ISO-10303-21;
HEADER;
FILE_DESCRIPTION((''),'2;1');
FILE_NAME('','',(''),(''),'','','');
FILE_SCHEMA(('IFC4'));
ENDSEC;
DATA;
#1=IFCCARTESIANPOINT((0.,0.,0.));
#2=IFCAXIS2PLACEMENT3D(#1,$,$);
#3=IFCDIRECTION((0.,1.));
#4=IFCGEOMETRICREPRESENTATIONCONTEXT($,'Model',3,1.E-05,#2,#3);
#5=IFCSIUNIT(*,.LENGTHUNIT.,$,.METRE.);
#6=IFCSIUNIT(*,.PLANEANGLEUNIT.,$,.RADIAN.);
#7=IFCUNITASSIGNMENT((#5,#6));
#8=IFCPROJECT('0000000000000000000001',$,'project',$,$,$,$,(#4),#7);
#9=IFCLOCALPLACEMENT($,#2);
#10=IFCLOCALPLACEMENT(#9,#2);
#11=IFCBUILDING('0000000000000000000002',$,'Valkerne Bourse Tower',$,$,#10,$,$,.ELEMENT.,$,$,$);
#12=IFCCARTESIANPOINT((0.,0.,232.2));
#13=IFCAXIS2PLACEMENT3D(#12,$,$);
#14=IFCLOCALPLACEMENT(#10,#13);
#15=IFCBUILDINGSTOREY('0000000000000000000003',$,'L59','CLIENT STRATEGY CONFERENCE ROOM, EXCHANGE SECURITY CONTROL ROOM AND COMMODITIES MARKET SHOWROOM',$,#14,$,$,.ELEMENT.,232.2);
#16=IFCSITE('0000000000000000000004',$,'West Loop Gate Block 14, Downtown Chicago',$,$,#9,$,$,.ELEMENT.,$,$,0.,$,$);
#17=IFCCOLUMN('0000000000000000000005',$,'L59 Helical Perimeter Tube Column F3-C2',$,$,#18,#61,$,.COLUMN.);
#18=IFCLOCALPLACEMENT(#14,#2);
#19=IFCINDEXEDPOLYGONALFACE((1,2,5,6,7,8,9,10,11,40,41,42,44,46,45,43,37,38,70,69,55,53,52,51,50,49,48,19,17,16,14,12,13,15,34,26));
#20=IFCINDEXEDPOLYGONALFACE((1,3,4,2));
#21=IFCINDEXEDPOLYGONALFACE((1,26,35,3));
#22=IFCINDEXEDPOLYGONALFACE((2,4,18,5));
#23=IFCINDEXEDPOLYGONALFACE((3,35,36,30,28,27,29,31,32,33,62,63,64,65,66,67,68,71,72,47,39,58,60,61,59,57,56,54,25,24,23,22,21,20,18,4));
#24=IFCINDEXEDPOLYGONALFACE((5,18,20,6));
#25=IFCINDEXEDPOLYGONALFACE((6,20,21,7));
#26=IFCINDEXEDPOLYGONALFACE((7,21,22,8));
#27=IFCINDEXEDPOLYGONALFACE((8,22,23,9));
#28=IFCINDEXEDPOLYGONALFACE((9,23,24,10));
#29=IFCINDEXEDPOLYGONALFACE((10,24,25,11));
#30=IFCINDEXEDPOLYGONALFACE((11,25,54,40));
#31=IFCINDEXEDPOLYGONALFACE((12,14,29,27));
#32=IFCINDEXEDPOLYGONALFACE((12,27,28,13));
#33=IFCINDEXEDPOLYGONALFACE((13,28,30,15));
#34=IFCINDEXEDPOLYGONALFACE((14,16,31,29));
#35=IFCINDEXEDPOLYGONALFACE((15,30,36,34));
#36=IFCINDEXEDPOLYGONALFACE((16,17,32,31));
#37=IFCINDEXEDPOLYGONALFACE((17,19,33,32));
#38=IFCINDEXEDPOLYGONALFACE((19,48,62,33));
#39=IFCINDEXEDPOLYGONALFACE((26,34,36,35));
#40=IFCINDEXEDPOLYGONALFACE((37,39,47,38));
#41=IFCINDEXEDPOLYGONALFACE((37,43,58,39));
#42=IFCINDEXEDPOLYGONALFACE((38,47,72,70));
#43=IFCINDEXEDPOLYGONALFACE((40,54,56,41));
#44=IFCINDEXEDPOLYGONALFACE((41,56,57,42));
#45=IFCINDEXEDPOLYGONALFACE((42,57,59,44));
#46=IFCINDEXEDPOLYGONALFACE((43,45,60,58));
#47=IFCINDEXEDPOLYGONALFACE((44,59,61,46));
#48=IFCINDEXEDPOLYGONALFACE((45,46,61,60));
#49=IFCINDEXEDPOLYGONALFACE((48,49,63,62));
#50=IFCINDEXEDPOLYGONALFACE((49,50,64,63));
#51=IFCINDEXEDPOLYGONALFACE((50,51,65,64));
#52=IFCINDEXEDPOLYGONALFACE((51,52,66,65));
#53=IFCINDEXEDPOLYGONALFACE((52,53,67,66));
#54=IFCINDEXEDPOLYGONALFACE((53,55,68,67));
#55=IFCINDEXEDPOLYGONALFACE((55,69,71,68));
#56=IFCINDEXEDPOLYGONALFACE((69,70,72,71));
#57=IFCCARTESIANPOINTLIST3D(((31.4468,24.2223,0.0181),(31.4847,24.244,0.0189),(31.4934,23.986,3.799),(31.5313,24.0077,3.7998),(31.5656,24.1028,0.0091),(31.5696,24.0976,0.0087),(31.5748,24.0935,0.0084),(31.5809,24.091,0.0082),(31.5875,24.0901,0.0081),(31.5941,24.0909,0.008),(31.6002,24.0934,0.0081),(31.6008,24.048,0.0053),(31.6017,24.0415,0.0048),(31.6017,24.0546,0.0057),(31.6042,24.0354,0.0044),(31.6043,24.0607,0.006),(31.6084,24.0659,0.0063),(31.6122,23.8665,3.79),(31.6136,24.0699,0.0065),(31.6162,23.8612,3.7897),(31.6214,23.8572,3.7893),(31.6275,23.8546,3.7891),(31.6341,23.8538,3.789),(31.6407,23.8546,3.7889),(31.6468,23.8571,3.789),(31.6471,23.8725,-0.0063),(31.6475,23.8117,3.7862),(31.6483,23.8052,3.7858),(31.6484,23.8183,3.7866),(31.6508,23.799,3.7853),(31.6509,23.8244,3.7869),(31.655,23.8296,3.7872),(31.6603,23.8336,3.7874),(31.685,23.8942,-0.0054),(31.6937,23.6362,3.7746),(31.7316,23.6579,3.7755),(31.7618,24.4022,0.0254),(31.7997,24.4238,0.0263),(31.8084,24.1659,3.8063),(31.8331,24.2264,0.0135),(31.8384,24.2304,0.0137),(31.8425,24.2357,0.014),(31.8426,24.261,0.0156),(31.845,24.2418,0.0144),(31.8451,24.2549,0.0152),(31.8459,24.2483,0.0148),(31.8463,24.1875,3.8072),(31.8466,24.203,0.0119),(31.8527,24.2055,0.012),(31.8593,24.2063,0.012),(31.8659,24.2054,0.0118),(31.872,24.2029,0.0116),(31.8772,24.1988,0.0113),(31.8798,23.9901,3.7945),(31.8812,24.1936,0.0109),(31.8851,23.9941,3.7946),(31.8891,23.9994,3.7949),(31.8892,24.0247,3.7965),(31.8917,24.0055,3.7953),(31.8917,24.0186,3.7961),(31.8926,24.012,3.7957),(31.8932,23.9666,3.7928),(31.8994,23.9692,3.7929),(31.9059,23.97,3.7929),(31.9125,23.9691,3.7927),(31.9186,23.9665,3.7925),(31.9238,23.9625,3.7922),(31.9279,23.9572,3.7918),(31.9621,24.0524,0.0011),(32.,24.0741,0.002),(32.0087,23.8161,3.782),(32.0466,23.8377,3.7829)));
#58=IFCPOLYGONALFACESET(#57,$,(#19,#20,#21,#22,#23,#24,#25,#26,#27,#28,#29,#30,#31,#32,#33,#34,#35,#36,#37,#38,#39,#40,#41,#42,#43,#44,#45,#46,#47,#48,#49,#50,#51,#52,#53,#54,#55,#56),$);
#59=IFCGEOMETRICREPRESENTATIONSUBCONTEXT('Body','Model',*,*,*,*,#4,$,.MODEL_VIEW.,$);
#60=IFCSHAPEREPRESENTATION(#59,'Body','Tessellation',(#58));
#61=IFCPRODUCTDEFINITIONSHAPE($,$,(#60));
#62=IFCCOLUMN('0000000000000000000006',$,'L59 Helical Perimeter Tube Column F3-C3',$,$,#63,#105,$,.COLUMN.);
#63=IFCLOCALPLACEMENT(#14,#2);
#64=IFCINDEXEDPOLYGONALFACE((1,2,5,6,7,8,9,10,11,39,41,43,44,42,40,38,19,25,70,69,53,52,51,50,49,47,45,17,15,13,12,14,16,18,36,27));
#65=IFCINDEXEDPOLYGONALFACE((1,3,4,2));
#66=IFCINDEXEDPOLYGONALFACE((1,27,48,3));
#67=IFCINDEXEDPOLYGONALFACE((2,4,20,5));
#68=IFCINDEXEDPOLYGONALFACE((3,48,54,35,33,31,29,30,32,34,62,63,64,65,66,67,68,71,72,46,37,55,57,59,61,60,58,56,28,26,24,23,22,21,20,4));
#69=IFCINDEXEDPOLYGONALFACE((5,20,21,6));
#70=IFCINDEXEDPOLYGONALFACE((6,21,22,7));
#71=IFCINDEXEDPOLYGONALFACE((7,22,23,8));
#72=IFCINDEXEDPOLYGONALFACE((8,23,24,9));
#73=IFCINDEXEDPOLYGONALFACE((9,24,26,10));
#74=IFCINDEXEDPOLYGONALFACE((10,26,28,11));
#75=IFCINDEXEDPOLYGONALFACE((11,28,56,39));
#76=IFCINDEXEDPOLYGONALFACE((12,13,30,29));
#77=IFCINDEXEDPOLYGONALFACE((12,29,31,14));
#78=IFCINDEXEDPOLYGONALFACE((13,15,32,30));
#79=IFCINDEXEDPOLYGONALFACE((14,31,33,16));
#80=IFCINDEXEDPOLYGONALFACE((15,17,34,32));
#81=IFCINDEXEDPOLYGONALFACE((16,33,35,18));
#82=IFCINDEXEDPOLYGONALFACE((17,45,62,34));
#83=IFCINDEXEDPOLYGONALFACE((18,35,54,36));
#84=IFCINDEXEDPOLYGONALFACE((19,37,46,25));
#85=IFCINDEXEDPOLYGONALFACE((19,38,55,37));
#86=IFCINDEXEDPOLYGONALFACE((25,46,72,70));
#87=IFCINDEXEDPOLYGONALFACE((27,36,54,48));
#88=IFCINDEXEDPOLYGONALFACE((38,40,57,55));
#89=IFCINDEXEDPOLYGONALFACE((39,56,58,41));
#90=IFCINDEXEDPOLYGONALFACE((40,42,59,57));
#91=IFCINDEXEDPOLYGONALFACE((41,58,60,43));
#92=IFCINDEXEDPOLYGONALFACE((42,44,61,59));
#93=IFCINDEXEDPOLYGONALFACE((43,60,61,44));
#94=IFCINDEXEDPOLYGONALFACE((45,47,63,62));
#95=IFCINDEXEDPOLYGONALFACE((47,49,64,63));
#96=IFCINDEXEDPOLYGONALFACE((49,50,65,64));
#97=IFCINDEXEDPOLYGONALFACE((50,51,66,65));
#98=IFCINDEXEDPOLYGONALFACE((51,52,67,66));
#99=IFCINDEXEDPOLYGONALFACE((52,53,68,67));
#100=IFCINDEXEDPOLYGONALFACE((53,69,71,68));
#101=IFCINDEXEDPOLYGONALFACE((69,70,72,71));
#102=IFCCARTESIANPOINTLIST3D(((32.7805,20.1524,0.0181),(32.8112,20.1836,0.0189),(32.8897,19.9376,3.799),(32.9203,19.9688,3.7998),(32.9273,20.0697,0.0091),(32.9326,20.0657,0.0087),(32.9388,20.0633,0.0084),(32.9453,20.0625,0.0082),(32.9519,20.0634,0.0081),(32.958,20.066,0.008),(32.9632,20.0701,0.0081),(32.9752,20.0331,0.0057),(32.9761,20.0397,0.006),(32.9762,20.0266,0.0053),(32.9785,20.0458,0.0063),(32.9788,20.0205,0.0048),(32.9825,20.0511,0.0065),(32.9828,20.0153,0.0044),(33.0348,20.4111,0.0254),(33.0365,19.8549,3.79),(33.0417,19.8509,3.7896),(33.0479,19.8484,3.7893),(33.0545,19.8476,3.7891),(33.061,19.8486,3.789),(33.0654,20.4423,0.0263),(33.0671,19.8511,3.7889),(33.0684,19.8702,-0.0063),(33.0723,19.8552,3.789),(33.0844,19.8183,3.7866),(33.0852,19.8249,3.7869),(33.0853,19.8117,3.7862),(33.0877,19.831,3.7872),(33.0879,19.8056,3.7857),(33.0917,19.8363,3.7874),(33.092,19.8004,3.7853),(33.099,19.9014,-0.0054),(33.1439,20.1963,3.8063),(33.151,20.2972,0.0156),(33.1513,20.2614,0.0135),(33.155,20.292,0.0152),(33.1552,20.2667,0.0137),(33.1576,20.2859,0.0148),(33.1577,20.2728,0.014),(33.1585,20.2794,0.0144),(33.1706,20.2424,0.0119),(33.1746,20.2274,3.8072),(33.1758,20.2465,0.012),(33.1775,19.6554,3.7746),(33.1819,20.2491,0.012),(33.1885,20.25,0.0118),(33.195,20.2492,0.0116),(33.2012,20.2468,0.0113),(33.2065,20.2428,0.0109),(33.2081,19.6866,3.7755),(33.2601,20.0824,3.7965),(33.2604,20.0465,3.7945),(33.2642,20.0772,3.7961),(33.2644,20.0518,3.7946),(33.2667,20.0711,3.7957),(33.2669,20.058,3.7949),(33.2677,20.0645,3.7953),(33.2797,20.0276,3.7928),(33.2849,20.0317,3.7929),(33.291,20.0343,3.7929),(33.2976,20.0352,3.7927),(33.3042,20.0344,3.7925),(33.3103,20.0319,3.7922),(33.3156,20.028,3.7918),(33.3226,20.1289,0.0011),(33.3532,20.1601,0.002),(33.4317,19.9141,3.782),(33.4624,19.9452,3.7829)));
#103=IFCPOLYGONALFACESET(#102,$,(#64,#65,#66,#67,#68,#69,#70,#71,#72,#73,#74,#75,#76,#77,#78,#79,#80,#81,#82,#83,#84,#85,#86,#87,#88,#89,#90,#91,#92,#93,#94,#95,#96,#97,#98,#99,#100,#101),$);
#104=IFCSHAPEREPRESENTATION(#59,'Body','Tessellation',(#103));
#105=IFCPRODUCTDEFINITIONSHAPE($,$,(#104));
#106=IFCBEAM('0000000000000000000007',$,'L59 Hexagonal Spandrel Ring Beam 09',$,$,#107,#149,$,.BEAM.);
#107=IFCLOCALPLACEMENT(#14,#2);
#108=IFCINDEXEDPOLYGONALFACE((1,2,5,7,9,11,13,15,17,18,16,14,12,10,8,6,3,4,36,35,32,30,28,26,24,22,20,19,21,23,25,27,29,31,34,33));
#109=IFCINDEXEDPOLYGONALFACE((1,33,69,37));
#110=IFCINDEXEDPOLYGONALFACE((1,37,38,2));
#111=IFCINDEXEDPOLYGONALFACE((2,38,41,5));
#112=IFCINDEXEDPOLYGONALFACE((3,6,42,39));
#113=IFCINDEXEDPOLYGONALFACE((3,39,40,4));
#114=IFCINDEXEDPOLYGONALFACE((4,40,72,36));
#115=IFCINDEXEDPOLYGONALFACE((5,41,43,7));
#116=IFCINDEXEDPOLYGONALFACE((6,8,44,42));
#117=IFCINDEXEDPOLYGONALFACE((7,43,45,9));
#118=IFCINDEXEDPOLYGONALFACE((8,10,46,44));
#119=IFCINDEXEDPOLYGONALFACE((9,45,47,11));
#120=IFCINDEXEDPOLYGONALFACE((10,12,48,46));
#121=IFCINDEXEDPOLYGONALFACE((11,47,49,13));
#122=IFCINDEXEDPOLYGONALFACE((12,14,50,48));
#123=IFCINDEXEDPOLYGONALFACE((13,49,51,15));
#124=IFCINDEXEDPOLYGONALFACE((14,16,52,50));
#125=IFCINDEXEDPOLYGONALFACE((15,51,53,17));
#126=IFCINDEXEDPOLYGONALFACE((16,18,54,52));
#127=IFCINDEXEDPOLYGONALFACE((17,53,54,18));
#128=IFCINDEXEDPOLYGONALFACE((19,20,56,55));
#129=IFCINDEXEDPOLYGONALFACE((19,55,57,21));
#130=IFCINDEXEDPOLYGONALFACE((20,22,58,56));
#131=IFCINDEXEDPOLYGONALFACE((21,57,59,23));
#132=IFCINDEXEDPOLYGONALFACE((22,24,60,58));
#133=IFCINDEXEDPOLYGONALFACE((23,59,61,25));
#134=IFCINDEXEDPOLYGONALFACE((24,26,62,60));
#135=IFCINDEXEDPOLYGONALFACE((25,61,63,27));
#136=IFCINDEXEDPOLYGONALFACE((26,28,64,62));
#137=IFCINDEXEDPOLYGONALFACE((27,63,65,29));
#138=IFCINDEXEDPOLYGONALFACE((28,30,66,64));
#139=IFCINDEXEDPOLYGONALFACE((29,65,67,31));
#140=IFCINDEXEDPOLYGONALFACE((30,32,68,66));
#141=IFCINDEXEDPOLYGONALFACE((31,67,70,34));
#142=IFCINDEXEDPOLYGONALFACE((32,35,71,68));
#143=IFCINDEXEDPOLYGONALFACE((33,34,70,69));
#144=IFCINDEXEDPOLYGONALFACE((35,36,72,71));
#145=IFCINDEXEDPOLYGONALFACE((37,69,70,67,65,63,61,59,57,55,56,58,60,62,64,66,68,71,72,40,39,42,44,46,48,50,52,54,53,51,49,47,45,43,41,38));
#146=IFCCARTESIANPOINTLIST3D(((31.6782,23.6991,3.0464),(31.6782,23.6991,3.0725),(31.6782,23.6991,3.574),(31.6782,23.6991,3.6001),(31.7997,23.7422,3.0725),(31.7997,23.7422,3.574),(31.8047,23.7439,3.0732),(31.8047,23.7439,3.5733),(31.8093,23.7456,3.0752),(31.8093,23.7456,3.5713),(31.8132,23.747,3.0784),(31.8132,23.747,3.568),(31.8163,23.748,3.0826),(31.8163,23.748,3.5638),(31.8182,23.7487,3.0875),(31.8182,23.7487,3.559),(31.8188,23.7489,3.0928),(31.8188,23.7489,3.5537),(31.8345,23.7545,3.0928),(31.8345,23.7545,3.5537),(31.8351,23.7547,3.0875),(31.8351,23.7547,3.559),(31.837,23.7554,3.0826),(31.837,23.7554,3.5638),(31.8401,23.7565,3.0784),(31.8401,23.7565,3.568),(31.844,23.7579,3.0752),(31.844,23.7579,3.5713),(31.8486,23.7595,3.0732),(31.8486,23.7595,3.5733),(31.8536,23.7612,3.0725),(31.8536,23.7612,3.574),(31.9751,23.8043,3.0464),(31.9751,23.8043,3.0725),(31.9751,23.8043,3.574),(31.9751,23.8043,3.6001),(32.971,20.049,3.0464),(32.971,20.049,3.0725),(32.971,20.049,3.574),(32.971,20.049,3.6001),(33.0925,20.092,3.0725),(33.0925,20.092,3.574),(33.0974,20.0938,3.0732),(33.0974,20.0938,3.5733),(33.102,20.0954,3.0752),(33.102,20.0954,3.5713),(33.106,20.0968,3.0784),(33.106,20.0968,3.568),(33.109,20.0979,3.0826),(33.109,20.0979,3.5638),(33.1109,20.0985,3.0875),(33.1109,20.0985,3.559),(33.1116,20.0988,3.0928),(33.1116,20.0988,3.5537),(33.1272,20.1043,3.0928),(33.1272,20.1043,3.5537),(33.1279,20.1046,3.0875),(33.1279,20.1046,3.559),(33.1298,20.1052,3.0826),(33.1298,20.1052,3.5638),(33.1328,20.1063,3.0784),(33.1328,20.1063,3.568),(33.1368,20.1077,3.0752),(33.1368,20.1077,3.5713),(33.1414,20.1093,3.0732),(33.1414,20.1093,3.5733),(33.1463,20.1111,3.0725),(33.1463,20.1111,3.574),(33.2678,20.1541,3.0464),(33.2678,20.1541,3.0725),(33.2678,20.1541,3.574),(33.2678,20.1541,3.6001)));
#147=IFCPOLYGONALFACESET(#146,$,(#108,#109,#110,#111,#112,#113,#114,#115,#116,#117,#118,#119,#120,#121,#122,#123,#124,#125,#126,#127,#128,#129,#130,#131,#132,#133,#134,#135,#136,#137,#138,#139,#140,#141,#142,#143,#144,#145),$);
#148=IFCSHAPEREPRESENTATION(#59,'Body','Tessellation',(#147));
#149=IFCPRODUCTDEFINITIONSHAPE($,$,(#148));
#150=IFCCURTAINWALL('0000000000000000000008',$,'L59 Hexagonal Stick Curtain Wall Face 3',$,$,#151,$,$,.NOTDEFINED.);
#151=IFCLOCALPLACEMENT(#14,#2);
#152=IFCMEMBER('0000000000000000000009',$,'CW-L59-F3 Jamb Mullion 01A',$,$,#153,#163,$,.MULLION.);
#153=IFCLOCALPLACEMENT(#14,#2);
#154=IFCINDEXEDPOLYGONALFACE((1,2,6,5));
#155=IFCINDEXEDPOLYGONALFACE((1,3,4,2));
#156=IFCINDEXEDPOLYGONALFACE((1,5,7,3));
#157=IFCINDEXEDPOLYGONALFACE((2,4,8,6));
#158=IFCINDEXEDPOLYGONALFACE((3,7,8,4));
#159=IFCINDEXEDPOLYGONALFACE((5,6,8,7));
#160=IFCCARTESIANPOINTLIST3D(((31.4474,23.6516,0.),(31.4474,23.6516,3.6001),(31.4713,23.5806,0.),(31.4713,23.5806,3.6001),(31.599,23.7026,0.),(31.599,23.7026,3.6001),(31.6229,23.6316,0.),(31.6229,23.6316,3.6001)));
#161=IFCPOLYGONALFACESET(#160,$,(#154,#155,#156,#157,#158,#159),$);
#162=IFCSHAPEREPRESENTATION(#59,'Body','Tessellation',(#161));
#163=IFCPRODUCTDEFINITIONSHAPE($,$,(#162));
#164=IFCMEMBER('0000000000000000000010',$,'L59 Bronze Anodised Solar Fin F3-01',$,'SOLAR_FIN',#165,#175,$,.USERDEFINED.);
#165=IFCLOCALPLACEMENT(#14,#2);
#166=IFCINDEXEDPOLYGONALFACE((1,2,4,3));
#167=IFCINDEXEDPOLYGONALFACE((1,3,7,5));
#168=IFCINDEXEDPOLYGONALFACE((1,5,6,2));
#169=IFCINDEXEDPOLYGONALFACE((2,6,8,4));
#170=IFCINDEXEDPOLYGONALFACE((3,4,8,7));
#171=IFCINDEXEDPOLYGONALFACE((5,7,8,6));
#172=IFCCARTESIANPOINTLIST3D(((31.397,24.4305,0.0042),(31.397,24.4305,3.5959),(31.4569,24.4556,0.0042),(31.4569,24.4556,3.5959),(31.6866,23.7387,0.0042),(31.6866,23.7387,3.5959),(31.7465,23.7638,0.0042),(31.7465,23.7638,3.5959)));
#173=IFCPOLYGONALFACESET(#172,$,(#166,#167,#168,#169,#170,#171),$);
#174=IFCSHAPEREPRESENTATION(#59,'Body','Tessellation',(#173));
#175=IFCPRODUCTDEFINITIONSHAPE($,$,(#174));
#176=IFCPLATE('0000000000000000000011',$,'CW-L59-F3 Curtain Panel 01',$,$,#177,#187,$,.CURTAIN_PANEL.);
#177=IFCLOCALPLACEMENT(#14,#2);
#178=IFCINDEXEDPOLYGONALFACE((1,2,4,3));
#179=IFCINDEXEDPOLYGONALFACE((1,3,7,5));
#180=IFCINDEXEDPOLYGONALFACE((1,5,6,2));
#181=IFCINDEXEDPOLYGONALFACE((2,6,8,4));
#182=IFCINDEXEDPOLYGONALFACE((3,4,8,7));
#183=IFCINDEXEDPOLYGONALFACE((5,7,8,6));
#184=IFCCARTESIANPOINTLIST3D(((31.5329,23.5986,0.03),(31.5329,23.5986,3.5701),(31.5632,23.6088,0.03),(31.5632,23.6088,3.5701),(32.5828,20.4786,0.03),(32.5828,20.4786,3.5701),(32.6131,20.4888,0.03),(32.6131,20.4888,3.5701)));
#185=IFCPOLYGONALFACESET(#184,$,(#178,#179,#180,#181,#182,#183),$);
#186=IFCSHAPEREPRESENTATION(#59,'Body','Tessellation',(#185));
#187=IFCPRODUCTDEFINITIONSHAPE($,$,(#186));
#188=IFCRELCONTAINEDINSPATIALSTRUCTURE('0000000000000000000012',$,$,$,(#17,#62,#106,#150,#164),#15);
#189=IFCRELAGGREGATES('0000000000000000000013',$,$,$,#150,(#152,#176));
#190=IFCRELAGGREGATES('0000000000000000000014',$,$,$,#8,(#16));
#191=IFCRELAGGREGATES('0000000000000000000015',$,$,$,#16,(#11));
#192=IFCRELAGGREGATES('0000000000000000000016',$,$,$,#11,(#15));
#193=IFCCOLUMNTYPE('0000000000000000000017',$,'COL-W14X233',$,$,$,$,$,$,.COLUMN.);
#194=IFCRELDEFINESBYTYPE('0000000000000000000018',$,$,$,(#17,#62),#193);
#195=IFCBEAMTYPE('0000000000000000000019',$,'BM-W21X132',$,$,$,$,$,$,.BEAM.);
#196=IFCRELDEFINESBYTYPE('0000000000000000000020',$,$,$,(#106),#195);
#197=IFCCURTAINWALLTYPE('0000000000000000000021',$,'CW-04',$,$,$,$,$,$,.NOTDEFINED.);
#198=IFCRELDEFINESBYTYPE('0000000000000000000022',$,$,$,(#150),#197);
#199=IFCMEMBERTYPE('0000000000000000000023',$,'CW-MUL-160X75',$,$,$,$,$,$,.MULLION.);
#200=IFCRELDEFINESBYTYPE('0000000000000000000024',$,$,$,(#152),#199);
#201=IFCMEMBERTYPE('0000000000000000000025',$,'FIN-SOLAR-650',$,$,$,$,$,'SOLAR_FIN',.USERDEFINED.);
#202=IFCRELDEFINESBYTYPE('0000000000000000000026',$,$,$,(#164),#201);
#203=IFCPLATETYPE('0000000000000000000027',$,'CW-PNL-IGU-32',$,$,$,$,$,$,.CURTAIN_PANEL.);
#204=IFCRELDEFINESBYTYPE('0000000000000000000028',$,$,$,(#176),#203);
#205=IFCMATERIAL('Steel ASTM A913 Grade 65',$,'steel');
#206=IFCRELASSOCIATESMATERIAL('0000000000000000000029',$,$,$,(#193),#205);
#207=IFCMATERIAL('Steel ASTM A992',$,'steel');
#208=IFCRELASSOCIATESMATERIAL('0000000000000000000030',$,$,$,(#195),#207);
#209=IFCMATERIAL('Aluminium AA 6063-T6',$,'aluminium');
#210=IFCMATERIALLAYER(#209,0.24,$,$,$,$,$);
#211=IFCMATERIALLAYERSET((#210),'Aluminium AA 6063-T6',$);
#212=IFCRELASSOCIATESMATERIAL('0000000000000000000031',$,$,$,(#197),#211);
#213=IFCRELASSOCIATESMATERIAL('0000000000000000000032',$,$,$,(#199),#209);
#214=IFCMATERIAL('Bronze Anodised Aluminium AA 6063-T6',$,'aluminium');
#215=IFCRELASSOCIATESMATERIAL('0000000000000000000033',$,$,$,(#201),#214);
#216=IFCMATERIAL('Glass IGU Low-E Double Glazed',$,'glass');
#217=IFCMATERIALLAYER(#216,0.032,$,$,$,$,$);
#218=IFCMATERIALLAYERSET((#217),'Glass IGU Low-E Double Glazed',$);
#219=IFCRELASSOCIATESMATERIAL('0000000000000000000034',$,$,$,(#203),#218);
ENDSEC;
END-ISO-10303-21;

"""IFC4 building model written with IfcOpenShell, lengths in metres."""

from ifc_helpers import new_model, si_unit, direction, frame, origin, origin_2d, place, context, subcontext, project, spatial, rectangle, i_section, extrude, material, layer, layer_set, material_profile, profile_set, type_object, element, aggregate, save


model = new_model("IFC4")

# Units and contexts
model_context = context("Model", 3, precision=1e-05, world=origin(), true_north=direction((0.0, 1.0)))
body_context = subcontext(model_context, "Body", "Model", "MODEL_VIEW")
ifc_project = project(units=[si_unit("LENGTHUNIT", "METRE"), si_unit("PLANEANGLEUNIT", "RADIAN")], contexts=[model_context])

# Site, building, storey
site_placement = place(None, origin())
site = spatial("IfcSite", under=ifc_project, at=site_placement, Name="West Loop Gate Block 14, Downtown Chicago", CompositionType="ELEMENT", RefElevation=0.0)
building_placement = place(site_placement, origin())
building = spatial("IfcBuilding", under=site, at=building_placement, Name="Valkerne Bourse Tower", CompositionType="ELEMENT")
storey_placement = place(building_placement, frame((0.0, 0.0, 232.2)))
storey = spatial("IfcBuildingStorey", under=building, at=storey_placement, Name="L59", Description="CLIENT STRATEGY CONFERENCE ROOM, EXCHANGE SECURITY CONTROL ROOM AND COMMODITIES MARKET SHOWROOM", CompositionType="ELEMENT", Elevation=232.2)

# Columns
ifc_material_1 = material(Name="Steel ASTM A913 Grade 65", Category="steel")
ifc_material_profile_1 = material_profile(ifc_material_1, i_section(OverallWidth=0.4038, OverallDepth=0.4065, WebThickness=0.0271, FlangeThickness=0.0437, FilletRadius=0.0254, at=origin_2d()), Name="W14X233")
ifc_profile_set_1 = profile_set([ifc_material_profile_1], Name="Steel ASTM A913 Grade 65")
column_type = type_object("IfcColumnType", Name="COL-W14X233", PredefinedType="COLUMN", material=ifc_profile_set_1)
for number, where, z_axis, x_axis, name in (
    (1, (31.7234, 24.1482, 0.01), (0.012308, -0.062378, 0.997977), (0.496025, -0.866215, -0.060259), "L59 Helical Perimeter Tube Column F3-C2"),
    (2, (33.0669, 20.1562, 0.01), (0.028804, -0.056707, 0.997975), (0.71273, -0.698843, -0.060281), "L59 Helical Perimeter Tube Column F3-C3"),
):
    element("IfcColumn", number, at=place(storey_placement, frame(where, z_axis=z_axis, x_axis=x_axis)), inside=storey, type_object=column_type, Name=name, PredefinedType="COLUMN", context=body_context, shape_type="SweptSolid", body=[
        extrude(i_section(OverallWidth=0.4038, OverallDepth=0.4065, WebThickness=0.0271, FlangeThickness=0.0437, FilletRadius=0.0254, at=origin_2d()), origin(), (0.0, 0.0, 1.0), 3.7886),
    ])

# Beam
ifc_material_2 = material(Name="Steel ASTM A992", Category="steel")
ifc_material_profile_2 = material_profile(ifc_material_2, i_section(OverallWidth=0.3149, OverallDepth=0.5537, WebThickness=0.0166, FlangeThickness=0.0261, FilletRadius=0.0203, at=origin_2d()), Name="W21X132")
ifc_profile_set_2 = profile_set([ifc_material_profile_2], Name="Steel ASTM A992")
beam_type = type_object("IfcBeamType", Name="BM-W21X132", PredefinedType="BEAM", material=ifc_profile_set_2)
beam_placement = place(storey_placement, frame((31.8267, 23.7517, 3.3232), z_axis=(0.333839, -0.94263, 0.0), x_axis=(0.94263, 0.333839, 0.0)))
element("IfcBeam", 3, at=beam_placement, inside=storey, type_object=beam_type, Name="L59 Hexagonal Spandrel Ring Beam 09", PredefinedType="BEAM", context=body_context, shape_type="SweptSolid", body=[
    extrude(i_section(OverallWidth=0.3149, OverallDepth=0.5537, WebThickness=0.0166, FlangeThickness=0.0261, FilletRadius=0.0203, at=origin_2d()), origin(), (0.0, 0.0, 1.0), 3.8723),
])

# Curtain wall, member
ifc_material_3 = material(Name="Aluminium AA 6063-T6", Category="aluminium")
ifc_layer_1 = layer(ifc_material_3, 0.24)
ifc_layer_set_1 = layer_set([ifc_layer_1], Name="Aluminium AA 6063-T6")
curtain_wall_type = type_object("IfcCurtainWallType", Name="CW-04", PredefinedType="NOTDEFINED", material=ifc_layer_set_1)
curtain_wall_placement = place(storey_placement, origin())
curtain_wall = element("IfcCurtainWall", 4, at=curtain_wall_placement, inside=storey, type_object=curtain_wall_type, Name="L59 Hexagonal Stick Curtain Wall Face 3", PredefinedType="NOTDEFINED")
ifc_material_profile_3 = material_profile(ifc_material_3, rectangle(XDim=0.075, YDim=0.1599, at=origin_2d()), Name="CWM-75X160")
ifc_profile_set_3 = profile_set([ifc_material_profile_3], Name="Aluminium AA 6063-T6")
member_type_1 = type_object("IfcMemberType", Name="CW-MUL-160X75", PredefinedType="MULLION", material=ifc_profile_set_3)
member_1_placement = place(storey_placement, frame((31.5352, 23.6416, 0.0), z_axis=(0.0, 0.0, 1.0), x_axis=(0.318947, -0.947772, 0.0)))
member_1 = element("IfcMember", 5, at=member_1_placement, type_object=member_type_1, Name="CW-L59-F3 Jamb Mullion 01A", PredefinedType="MULLION", context=body_context, shape_type="SweptSolid", body=[
    extrude(rectangle(XDim=0.075, YDim=0.1599, at=origin_2d()), origin(), (0.0, 0.0, 1.0), 3.6001),
])

# Member
ifc_material_4 = material(Name="Bronze Anodised Aluminium AA 6063-T6", Category="aluminium")
ifc_material_profile_4 = material_profile(ifc_material_4, rectangle(XDim=0.0649, YDim=0.75, at=origin_2d()), Name="FIN-65X750")
ifc_profile_set_4 = profile_set([ifc_material_profile_4], Name="Bronze Anodised Aluminium AA 6063-T6")
member_type_2 = type_object("IfcMemberType", Name="FIN-SOLAR-650", ElementType="SOLAR_FIN", PredefinedType="USERDEFINED", material=ifc_profile_set_4)
member_2_placement = place(storey_placement, frame((31.5718, 24.0972, 0.0042), z_axis=(0.0, 0.0, 1.0), x_axis=(-0.922433, -0.386158, 0.0)))
element("IfcMember", 6, at=member_2_placement, inside=storey, type_object=member_type_2, Name="L59 Bronze Anodised Solar Fin F3-01", ObjectType="SOLAR_FIN", PredefinedType="USERDEFINED", context=body_context, shape_type="SweptSolid", body=[
    extrude(rectangle(XDim=0.0649, YDim=0.75, at=origin_2d()), origin(), (0.0, 0.0, 1.0), 3.5918),
])

# Plate
ifc_material_5 = material(Name="Glass IGU Low-E Double Glazed", Category="glass")
ifc_layer_2 = layer(ifc_material_5, 0.032)
ifc_layer_set_2 = layer_set([ifc_layer_2], Name="Glass IGU Low-E Double Glazed")
plate_type = type_object("IfcPlateType", Name="CW-PNL-IGU-32", PredefinedType="CURTAIN_PANEL", material=ifc_layer_set_2)
plate_placement = place(storey_placement, frame((32.073, 22.0437, 0.03), z_axis=(0.0, 0.0, 1.0), x_axis=(0.318947, -0.947772, 0.0)))
plate = element("IfcPlate", 7, at=plate_placement, type_object=plate_type, Name="CW-L59-F3 Curtain Panel 01", PredefinedType="CURTAIN_PANEL", context=body_context, shape_type="SweptSolid", body=[
    extrude(rectangle(XDim=3.292, YDim=0.032, at=origin_2d()), origin(), (0.0, 0.0, 1.0), 3.54),
])
aggregate(curtain_wall, [member_1, plate])

save(model, "model.ifc")
